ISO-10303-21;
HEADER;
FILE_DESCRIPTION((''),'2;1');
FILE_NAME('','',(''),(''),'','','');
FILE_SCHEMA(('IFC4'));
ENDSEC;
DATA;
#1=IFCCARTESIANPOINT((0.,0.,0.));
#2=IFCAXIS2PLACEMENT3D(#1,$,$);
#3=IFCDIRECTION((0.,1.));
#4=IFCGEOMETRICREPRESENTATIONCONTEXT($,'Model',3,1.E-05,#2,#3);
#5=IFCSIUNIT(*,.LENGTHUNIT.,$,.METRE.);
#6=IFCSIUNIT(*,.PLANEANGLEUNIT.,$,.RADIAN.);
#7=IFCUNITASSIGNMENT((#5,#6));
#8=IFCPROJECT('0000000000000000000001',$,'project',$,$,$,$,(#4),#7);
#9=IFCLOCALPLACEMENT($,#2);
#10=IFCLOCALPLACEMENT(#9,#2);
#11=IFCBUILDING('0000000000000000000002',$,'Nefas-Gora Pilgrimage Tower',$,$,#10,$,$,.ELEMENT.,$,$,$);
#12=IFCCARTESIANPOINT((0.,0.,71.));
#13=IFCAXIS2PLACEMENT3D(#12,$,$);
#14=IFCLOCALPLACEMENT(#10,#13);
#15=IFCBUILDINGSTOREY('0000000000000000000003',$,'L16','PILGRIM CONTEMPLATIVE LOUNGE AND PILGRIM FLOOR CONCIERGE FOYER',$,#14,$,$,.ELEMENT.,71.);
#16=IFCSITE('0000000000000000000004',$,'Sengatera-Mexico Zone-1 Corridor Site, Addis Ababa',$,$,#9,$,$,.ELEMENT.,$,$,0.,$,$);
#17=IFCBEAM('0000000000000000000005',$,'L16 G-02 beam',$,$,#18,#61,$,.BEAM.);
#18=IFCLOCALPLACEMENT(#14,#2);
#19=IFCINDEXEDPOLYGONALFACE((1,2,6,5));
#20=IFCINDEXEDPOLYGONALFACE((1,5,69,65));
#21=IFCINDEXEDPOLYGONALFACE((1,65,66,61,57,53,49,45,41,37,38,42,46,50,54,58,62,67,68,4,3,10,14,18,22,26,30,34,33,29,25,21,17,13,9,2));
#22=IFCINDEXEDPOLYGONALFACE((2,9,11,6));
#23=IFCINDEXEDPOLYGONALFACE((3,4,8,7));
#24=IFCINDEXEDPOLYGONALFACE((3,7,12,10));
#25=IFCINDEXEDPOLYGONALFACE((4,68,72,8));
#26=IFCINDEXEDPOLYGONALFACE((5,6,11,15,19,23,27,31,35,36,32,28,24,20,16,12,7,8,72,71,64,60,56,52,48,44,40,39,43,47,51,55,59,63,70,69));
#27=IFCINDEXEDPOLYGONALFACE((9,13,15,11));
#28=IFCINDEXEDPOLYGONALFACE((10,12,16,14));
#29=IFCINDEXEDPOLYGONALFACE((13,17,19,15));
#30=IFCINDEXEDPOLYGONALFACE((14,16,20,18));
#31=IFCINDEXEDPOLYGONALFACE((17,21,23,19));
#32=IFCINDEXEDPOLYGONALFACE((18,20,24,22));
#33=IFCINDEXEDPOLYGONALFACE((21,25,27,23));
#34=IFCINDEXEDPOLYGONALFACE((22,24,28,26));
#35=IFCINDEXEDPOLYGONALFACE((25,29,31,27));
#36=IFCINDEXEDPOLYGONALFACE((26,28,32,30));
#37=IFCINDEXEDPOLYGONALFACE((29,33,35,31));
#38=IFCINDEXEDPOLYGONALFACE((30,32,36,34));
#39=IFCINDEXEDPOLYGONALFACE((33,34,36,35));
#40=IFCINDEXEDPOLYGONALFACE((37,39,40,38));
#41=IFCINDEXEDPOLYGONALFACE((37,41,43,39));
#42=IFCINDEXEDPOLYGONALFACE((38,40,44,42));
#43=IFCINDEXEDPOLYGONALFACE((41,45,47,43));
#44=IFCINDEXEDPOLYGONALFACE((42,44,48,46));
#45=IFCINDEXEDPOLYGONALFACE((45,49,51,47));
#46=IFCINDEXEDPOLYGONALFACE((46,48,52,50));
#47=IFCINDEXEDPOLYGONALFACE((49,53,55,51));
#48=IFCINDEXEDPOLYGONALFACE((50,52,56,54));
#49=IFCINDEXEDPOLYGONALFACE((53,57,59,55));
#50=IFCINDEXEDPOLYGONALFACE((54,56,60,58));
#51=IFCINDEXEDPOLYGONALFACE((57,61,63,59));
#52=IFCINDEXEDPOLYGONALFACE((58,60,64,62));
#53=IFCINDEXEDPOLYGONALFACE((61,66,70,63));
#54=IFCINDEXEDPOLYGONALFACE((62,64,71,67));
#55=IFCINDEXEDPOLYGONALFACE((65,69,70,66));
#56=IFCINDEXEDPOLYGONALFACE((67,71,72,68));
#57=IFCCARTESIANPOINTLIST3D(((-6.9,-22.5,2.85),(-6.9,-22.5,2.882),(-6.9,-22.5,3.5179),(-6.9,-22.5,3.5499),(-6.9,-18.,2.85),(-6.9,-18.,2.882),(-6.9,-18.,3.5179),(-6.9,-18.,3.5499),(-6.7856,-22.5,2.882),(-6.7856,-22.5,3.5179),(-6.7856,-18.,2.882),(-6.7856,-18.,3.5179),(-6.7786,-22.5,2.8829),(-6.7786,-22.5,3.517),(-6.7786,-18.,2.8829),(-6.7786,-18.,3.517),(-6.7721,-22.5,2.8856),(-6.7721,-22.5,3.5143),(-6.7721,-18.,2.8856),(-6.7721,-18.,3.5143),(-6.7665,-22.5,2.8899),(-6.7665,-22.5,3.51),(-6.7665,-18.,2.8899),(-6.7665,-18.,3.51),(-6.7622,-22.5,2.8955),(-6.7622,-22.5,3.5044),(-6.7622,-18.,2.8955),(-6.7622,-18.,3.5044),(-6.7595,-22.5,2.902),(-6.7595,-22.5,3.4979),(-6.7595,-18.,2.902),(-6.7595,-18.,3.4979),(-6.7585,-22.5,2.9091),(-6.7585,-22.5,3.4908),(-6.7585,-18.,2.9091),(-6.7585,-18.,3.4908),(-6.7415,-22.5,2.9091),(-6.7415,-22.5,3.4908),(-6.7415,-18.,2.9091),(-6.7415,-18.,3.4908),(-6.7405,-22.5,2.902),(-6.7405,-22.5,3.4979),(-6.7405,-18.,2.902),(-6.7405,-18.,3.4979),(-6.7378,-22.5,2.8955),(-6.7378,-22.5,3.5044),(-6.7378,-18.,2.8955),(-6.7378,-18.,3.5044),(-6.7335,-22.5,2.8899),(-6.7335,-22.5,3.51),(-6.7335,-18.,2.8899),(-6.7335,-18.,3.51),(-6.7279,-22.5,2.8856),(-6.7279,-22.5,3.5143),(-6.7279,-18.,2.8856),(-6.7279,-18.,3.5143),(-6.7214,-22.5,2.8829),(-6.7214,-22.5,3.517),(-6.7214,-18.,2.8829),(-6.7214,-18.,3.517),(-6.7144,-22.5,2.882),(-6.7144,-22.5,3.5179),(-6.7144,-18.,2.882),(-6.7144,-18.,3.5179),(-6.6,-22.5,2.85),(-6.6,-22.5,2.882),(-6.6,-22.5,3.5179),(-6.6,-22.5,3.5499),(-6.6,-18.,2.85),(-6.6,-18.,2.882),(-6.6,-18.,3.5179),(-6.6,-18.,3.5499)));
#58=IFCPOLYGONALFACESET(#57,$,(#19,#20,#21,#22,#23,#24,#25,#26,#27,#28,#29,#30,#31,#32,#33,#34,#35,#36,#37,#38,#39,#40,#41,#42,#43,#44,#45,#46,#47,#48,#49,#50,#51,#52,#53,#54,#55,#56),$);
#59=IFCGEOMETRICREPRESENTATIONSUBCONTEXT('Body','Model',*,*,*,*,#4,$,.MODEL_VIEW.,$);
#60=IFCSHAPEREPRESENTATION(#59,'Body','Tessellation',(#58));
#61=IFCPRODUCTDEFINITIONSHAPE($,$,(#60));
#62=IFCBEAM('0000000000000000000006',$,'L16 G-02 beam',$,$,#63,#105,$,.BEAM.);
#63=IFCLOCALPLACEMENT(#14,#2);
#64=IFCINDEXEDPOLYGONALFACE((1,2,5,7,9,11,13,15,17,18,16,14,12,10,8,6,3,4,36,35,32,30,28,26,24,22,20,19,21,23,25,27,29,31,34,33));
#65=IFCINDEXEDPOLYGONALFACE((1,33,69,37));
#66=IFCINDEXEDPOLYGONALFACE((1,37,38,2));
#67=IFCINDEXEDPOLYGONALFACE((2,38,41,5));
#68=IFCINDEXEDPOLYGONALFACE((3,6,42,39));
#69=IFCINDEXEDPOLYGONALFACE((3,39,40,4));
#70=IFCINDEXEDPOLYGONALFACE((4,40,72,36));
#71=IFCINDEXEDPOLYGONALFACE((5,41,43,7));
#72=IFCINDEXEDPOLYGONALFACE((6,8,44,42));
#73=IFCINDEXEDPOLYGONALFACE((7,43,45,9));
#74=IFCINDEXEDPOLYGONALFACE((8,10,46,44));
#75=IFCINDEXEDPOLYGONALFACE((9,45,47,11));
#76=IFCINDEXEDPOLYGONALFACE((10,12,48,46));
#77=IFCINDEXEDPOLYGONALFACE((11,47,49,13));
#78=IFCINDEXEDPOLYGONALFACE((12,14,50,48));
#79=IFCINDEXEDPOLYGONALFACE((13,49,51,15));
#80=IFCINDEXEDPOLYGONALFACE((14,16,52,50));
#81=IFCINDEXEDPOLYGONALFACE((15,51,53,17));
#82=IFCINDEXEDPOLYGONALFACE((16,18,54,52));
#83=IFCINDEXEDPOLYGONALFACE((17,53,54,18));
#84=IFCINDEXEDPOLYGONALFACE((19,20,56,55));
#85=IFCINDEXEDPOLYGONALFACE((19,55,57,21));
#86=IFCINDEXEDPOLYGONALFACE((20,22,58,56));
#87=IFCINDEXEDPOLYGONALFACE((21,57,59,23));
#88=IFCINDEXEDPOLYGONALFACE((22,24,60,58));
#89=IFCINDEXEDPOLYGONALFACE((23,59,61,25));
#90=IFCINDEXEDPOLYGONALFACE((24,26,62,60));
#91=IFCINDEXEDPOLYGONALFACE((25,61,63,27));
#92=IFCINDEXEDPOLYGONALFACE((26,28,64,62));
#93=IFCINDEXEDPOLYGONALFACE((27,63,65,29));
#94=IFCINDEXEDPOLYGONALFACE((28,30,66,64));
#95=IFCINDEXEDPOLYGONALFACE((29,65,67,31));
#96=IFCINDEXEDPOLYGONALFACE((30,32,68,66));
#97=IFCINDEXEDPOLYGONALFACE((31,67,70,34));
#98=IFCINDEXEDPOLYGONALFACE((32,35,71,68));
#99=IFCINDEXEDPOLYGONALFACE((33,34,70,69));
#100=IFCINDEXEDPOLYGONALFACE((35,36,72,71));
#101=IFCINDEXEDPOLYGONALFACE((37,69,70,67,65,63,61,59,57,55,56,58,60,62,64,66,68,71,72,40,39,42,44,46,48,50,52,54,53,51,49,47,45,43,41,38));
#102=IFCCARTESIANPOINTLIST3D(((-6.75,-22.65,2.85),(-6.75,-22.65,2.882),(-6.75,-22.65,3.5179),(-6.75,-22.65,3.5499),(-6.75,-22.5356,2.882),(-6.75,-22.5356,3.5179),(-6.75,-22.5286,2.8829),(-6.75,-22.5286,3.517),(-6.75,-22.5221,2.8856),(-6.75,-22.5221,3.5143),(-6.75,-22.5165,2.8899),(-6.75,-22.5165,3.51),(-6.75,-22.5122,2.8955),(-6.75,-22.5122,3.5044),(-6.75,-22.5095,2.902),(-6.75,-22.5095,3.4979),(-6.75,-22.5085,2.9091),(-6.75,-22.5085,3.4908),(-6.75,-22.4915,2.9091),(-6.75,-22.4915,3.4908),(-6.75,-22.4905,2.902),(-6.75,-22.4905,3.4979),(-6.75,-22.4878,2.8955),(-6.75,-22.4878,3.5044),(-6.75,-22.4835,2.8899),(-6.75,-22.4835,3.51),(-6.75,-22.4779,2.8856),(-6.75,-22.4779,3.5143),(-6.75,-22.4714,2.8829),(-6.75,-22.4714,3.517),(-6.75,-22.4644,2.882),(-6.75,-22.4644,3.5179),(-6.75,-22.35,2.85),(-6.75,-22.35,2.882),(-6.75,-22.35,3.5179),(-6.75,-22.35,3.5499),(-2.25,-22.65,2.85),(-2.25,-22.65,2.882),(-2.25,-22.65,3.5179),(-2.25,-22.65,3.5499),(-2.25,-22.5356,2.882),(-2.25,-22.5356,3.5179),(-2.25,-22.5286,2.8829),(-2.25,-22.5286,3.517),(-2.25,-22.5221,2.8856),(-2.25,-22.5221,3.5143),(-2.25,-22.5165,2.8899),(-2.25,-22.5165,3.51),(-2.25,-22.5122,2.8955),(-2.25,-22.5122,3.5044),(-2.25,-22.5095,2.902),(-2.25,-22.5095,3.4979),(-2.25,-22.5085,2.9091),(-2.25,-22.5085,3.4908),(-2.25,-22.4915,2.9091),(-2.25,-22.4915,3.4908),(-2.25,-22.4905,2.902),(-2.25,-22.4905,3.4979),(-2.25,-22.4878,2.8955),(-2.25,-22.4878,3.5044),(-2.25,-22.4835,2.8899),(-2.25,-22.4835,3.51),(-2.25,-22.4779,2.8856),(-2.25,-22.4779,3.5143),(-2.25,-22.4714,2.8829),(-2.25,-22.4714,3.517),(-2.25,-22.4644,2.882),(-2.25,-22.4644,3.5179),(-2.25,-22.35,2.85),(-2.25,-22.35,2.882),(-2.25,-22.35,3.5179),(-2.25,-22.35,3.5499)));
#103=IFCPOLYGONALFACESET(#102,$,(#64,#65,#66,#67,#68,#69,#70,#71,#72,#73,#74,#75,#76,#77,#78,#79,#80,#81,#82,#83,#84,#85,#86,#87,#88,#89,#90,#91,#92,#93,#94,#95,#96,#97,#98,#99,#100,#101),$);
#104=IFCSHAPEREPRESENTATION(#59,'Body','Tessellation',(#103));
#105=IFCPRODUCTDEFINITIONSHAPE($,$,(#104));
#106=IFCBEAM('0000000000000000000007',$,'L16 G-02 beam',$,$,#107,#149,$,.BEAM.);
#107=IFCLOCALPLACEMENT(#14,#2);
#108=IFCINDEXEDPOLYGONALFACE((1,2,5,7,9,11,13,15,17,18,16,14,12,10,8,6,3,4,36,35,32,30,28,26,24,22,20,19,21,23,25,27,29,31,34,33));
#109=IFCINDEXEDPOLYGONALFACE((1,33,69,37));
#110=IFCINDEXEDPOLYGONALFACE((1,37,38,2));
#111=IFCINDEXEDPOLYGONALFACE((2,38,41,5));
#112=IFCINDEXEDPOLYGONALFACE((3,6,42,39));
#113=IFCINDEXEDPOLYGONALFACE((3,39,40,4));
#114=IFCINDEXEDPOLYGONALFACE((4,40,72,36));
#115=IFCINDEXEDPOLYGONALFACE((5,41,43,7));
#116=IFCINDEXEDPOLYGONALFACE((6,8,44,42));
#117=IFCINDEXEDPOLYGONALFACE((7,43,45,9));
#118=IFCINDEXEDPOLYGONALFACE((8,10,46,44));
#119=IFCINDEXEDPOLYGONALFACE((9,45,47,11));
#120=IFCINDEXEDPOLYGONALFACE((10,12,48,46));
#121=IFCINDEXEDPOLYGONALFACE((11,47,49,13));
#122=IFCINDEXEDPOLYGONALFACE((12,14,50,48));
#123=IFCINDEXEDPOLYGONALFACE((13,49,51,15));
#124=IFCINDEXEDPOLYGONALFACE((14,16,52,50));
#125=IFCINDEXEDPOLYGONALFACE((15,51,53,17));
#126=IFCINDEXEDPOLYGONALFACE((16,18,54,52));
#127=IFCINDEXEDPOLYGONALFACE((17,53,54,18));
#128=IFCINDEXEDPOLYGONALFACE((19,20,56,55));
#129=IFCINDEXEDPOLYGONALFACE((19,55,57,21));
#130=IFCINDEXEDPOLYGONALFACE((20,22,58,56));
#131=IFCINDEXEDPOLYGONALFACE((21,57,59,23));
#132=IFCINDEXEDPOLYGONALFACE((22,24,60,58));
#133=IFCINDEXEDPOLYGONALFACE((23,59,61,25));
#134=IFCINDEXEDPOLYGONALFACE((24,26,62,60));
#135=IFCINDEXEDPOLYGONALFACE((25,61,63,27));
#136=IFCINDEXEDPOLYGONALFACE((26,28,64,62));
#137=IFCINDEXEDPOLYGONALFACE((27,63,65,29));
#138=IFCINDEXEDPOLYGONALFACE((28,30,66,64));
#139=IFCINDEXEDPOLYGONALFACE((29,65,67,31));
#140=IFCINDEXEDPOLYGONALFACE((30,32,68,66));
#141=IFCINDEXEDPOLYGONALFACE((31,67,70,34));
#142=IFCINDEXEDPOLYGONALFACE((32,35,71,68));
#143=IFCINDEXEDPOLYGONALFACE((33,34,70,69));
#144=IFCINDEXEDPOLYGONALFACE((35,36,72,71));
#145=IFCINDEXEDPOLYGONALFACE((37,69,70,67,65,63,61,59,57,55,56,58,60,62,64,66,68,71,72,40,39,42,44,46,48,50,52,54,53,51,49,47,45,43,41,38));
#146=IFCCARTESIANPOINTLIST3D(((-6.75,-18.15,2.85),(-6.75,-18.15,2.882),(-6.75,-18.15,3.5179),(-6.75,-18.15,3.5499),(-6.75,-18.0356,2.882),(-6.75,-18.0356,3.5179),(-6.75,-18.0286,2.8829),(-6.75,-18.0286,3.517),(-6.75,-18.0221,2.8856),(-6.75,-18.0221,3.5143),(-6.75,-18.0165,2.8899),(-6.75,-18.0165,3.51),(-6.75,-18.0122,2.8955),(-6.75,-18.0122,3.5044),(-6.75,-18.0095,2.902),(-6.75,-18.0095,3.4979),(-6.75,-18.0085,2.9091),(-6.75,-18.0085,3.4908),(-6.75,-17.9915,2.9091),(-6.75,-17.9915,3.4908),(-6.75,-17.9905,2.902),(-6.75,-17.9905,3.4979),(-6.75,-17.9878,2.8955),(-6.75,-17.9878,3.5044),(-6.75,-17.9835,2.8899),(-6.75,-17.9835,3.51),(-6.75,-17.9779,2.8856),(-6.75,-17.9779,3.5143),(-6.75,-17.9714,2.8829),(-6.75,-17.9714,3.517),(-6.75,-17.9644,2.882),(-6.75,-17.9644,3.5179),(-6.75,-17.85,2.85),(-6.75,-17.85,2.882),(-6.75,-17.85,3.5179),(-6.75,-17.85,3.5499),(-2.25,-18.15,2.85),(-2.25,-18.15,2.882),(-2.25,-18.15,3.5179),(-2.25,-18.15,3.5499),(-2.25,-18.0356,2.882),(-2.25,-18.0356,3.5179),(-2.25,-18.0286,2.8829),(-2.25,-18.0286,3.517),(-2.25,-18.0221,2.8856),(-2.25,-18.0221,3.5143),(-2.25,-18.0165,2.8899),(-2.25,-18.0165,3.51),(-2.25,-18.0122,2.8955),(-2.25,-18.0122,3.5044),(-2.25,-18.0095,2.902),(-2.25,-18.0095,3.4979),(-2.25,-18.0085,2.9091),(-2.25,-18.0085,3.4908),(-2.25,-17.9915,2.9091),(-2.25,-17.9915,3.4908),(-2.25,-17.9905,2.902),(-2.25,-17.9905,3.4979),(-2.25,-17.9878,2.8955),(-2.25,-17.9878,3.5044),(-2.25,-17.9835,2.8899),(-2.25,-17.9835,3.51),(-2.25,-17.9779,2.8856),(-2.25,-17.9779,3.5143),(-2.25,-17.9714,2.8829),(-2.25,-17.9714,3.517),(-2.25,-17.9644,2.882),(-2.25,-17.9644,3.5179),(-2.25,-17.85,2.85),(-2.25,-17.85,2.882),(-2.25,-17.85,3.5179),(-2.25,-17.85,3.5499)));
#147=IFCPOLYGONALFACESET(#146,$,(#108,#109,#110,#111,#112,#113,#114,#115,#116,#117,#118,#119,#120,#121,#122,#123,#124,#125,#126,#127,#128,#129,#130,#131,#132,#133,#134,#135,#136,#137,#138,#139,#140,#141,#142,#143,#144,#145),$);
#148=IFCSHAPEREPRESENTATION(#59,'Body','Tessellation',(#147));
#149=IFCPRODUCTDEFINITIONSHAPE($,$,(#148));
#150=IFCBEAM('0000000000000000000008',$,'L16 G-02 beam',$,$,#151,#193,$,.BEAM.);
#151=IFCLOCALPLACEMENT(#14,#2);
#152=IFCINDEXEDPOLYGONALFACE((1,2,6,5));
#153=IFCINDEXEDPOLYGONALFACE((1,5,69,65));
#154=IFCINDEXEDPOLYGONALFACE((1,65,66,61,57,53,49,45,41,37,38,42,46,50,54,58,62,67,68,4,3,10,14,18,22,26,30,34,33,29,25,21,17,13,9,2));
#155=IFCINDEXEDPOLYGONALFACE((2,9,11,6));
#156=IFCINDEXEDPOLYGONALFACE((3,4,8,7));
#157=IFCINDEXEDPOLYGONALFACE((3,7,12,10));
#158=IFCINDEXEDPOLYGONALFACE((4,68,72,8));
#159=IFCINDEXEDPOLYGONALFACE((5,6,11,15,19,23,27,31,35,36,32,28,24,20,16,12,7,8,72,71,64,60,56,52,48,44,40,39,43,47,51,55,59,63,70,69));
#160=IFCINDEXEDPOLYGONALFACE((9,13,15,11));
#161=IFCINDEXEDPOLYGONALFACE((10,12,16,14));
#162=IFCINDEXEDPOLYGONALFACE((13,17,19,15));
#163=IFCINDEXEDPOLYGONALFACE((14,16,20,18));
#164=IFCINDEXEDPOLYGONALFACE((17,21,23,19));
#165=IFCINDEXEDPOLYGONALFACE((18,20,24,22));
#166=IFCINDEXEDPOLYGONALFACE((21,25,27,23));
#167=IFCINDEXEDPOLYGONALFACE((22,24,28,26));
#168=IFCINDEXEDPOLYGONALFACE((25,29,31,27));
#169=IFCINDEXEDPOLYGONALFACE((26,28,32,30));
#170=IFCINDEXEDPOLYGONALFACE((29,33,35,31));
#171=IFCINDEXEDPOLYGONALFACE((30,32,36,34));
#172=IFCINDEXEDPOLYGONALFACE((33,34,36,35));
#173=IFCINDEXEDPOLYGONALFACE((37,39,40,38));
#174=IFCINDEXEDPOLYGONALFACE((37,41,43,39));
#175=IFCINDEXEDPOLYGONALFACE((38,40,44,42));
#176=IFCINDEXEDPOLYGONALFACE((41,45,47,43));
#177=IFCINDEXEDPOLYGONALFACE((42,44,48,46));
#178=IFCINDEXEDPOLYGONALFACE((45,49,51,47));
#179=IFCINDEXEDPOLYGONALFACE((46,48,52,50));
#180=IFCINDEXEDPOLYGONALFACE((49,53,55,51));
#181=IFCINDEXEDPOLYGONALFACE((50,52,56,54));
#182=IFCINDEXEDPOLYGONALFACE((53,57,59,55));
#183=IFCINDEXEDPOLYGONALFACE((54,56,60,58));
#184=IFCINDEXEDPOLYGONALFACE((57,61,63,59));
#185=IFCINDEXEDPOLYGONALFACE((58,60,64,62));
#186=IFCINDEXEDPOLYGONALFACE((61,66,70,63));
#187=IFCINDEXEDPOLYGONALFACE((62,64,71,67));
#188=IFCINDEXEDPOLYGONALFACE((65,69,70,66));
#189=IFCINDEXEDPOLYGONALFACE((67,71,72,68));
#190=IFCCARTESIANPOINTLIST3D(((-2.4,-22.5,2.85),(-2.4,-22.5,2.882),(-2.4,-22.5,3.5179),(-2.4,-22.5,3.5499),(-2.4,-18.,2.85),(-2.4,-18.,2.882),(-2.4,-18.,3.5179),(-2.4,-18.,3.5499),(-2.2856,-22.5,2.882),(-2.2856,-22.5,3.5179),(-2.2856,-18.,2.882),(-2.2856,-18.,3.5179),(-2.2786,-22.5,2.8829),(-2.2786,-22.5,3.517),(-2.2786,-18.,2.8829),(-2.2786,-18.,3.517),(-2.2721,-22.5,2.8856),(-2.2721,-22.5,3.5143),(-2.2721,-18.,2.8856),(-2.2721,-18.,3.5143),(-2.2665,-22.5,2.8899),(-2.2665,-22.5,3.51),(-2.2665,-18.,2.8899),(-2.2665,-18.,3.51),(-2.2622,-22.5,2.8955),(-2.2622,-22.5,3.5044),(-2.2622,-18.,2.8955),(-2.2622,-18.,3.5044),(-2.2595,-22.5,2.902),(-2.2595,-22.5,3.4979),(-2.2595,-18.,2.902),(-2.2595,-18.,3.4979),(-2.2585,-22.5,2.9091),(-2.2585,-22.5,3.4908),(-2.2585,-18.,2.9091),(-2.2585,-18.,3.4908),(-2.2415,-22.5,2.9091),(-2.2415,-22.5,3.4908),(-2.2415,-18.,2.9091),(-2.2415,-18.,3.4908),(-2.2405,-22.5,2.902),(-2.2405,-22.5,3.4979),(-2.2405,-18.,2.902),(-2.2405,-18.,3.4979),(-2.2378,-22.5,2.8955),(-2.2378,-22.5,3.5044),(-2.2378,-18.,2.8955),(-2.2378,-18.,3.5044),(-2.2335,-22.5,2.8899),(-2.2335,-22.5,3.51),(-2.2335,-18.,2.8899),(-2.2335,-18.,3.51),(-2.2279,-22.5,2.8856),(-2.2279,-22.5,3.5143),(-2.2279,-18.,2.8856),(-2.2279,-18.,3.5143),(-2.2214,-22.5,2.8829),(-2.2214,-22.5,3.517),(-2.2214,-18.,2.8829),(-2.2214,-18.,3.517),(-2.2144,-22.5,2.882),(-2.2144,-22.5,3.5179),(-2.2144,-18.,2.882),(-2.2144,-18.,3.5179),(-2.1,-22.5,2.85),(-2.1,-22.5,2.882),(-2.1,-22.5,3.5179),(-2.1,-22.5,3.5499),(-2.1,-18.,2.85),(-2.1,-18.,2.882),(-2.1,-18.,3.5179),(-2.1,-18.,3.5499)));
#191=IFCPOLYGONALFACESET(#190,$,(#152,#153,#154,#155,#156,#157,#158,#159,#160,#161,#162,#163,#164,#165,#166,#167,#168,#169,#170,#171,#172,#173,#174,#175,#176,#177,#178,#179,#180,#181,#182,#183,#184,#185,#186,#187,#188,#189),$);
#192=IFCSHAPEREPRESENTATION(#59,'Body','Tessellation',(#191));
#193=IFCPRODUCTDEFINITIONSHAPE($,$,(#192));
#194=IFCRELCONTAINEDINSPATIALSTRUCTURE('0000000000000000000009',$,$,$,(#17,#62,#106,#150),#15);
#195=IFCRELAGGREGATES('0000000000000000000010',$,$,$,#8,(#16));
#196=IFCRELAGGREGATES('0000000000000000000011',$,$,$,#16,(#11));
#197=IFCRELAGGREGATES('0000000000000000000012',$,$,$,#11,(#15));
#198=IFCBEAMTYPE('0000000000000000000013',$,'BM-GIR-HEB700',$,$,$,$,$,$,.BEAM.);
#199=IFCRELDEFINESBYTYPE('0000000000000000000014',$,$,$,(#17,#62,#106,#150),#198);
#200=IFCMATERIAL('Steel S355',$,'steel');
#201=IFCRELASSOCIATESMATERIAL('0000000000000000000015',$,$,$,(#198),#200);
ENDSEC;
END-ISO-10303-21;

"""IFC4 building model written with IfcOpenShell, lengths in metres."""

from ifc_helpers import new_model, si_unit, direction, frame, origin, origin_2d, place, context, subcontext, project, spatial, i_section, extrude, source, transform, mapped, material, material_profile, profile_set, type_object, element, save


model = new_model("IFC4")

# Units and contexts
model_context = context("Model", 3, precision=1e-05, world=origin(), true_north=direction((0.0, 1.0)))
body_context = subcontext(model_context, "Body", "Model", "MODEL_VIEW")
ifc_project = project(units=[si_unit("LENGTHUNIT", "METRE"), si_unit("PLANEANGLEUNIT", "RADIAN")], contexts=[model_context])

# Site, building, storey
site_placement = place(None, origin())
site = spatial("IfcSite", under=ifc_project, at=site_placement, Name="Sengatera-Mexico Zone-1 Corridor Site, Addis Ababa", CompositionType="ELEMENT", RefElevation=0.0)
building_placement = place(site_placement, origin())
building = spatial("IfcBuilding", under=site, at=building_placement, Name="Nefas-Gora Pilgrimage Tower", CompositionType="ELEMENT")
storey_placement = place(building_placement, frame((0.0, 0.0, 71.0)))
storey = spatial("IfcBuildingStorey", under=building, at=storey_placement, Name="L16", Description="PILGRIM CONTEMPLATIVE LOUNGE AND PILGRIM FLOOR CONCIERGE FOYER", CompositionType="ELEMENT", Elevation=71.0)

# Beams
ifc_material_1 = material(Name="Steel S355", Category="steel")
ifc_material_profile_1 = material_profile(ifc_material_1, i_section(OverallWidth=0.3, OverallDepth=0.7, WebThickness=0.0171, FlangeThickness=0.032, FilletRadius=0.0271, at=origin_2d()), Name="HEB 700")
ifc_profile_set_1 = profile_set([ifc_material_profile_1], Name="Steel S355")
beam_type = type_object("IfcBeamType", Name="BM-GIR-HEB700", PredefinedType="BEAM", material=ifc_profile_set_1)
shared_shape_1 = source(origin(), body_context, "Body", "SweptSolid", [
    extrude(i_section(OverallWidth=0.3, OverallDepth=0.7, WebThickness=0.0171, FlangeThickness=0.032, FilletRadius=0.0271, at=origin_2d()), origin(), (0.0, 0.0, 1.0), 4.5),
])
for number, where, z_axis, x_axis, name in (
    (1, (-6.75, -22.5, 3.2), (0.0, 1.0, 0.0), (-1.0, 0.0, 0.0), "L16 G-02 beam"),
    (2, (-6.75, -22.5, 3.2), (1.0, 0.0, 0.0), (0.0, 1.0, 0.0), "L16 G-02 beam"),
    (3, (-6.75, -18.0, 3.2), (1.0, 0.0, 0.0), (0.0, 1.0, 0.0), "L16 G-02 beam"),
    (4, (-2.25, -22.5, 3.2), (0.0, 1.0, 0.0), (-1.0, 0.0, 0.0), "L16 G-02 beam"),
):
    element("IfcBeam", number, at=place(storey_placement, frame(where, z_axis=z_axis, x_axis=x_axis)), inside=storey, type_object=beam_type, Name=name, PredefinedType="BEAM", context=body_context, shape_type="MappedRepresentation", body=[
        mapped(shared_shape_1, transform((0.0, 0.0, 0.0), x_axis=(1.0, 0.0, 0.0), y_axis=(0.0, 1.0, 0.0), z_axis=(0.0, 0.0, 1.0), scale=1.0)),
    ])

save(model, "model.ifc")
